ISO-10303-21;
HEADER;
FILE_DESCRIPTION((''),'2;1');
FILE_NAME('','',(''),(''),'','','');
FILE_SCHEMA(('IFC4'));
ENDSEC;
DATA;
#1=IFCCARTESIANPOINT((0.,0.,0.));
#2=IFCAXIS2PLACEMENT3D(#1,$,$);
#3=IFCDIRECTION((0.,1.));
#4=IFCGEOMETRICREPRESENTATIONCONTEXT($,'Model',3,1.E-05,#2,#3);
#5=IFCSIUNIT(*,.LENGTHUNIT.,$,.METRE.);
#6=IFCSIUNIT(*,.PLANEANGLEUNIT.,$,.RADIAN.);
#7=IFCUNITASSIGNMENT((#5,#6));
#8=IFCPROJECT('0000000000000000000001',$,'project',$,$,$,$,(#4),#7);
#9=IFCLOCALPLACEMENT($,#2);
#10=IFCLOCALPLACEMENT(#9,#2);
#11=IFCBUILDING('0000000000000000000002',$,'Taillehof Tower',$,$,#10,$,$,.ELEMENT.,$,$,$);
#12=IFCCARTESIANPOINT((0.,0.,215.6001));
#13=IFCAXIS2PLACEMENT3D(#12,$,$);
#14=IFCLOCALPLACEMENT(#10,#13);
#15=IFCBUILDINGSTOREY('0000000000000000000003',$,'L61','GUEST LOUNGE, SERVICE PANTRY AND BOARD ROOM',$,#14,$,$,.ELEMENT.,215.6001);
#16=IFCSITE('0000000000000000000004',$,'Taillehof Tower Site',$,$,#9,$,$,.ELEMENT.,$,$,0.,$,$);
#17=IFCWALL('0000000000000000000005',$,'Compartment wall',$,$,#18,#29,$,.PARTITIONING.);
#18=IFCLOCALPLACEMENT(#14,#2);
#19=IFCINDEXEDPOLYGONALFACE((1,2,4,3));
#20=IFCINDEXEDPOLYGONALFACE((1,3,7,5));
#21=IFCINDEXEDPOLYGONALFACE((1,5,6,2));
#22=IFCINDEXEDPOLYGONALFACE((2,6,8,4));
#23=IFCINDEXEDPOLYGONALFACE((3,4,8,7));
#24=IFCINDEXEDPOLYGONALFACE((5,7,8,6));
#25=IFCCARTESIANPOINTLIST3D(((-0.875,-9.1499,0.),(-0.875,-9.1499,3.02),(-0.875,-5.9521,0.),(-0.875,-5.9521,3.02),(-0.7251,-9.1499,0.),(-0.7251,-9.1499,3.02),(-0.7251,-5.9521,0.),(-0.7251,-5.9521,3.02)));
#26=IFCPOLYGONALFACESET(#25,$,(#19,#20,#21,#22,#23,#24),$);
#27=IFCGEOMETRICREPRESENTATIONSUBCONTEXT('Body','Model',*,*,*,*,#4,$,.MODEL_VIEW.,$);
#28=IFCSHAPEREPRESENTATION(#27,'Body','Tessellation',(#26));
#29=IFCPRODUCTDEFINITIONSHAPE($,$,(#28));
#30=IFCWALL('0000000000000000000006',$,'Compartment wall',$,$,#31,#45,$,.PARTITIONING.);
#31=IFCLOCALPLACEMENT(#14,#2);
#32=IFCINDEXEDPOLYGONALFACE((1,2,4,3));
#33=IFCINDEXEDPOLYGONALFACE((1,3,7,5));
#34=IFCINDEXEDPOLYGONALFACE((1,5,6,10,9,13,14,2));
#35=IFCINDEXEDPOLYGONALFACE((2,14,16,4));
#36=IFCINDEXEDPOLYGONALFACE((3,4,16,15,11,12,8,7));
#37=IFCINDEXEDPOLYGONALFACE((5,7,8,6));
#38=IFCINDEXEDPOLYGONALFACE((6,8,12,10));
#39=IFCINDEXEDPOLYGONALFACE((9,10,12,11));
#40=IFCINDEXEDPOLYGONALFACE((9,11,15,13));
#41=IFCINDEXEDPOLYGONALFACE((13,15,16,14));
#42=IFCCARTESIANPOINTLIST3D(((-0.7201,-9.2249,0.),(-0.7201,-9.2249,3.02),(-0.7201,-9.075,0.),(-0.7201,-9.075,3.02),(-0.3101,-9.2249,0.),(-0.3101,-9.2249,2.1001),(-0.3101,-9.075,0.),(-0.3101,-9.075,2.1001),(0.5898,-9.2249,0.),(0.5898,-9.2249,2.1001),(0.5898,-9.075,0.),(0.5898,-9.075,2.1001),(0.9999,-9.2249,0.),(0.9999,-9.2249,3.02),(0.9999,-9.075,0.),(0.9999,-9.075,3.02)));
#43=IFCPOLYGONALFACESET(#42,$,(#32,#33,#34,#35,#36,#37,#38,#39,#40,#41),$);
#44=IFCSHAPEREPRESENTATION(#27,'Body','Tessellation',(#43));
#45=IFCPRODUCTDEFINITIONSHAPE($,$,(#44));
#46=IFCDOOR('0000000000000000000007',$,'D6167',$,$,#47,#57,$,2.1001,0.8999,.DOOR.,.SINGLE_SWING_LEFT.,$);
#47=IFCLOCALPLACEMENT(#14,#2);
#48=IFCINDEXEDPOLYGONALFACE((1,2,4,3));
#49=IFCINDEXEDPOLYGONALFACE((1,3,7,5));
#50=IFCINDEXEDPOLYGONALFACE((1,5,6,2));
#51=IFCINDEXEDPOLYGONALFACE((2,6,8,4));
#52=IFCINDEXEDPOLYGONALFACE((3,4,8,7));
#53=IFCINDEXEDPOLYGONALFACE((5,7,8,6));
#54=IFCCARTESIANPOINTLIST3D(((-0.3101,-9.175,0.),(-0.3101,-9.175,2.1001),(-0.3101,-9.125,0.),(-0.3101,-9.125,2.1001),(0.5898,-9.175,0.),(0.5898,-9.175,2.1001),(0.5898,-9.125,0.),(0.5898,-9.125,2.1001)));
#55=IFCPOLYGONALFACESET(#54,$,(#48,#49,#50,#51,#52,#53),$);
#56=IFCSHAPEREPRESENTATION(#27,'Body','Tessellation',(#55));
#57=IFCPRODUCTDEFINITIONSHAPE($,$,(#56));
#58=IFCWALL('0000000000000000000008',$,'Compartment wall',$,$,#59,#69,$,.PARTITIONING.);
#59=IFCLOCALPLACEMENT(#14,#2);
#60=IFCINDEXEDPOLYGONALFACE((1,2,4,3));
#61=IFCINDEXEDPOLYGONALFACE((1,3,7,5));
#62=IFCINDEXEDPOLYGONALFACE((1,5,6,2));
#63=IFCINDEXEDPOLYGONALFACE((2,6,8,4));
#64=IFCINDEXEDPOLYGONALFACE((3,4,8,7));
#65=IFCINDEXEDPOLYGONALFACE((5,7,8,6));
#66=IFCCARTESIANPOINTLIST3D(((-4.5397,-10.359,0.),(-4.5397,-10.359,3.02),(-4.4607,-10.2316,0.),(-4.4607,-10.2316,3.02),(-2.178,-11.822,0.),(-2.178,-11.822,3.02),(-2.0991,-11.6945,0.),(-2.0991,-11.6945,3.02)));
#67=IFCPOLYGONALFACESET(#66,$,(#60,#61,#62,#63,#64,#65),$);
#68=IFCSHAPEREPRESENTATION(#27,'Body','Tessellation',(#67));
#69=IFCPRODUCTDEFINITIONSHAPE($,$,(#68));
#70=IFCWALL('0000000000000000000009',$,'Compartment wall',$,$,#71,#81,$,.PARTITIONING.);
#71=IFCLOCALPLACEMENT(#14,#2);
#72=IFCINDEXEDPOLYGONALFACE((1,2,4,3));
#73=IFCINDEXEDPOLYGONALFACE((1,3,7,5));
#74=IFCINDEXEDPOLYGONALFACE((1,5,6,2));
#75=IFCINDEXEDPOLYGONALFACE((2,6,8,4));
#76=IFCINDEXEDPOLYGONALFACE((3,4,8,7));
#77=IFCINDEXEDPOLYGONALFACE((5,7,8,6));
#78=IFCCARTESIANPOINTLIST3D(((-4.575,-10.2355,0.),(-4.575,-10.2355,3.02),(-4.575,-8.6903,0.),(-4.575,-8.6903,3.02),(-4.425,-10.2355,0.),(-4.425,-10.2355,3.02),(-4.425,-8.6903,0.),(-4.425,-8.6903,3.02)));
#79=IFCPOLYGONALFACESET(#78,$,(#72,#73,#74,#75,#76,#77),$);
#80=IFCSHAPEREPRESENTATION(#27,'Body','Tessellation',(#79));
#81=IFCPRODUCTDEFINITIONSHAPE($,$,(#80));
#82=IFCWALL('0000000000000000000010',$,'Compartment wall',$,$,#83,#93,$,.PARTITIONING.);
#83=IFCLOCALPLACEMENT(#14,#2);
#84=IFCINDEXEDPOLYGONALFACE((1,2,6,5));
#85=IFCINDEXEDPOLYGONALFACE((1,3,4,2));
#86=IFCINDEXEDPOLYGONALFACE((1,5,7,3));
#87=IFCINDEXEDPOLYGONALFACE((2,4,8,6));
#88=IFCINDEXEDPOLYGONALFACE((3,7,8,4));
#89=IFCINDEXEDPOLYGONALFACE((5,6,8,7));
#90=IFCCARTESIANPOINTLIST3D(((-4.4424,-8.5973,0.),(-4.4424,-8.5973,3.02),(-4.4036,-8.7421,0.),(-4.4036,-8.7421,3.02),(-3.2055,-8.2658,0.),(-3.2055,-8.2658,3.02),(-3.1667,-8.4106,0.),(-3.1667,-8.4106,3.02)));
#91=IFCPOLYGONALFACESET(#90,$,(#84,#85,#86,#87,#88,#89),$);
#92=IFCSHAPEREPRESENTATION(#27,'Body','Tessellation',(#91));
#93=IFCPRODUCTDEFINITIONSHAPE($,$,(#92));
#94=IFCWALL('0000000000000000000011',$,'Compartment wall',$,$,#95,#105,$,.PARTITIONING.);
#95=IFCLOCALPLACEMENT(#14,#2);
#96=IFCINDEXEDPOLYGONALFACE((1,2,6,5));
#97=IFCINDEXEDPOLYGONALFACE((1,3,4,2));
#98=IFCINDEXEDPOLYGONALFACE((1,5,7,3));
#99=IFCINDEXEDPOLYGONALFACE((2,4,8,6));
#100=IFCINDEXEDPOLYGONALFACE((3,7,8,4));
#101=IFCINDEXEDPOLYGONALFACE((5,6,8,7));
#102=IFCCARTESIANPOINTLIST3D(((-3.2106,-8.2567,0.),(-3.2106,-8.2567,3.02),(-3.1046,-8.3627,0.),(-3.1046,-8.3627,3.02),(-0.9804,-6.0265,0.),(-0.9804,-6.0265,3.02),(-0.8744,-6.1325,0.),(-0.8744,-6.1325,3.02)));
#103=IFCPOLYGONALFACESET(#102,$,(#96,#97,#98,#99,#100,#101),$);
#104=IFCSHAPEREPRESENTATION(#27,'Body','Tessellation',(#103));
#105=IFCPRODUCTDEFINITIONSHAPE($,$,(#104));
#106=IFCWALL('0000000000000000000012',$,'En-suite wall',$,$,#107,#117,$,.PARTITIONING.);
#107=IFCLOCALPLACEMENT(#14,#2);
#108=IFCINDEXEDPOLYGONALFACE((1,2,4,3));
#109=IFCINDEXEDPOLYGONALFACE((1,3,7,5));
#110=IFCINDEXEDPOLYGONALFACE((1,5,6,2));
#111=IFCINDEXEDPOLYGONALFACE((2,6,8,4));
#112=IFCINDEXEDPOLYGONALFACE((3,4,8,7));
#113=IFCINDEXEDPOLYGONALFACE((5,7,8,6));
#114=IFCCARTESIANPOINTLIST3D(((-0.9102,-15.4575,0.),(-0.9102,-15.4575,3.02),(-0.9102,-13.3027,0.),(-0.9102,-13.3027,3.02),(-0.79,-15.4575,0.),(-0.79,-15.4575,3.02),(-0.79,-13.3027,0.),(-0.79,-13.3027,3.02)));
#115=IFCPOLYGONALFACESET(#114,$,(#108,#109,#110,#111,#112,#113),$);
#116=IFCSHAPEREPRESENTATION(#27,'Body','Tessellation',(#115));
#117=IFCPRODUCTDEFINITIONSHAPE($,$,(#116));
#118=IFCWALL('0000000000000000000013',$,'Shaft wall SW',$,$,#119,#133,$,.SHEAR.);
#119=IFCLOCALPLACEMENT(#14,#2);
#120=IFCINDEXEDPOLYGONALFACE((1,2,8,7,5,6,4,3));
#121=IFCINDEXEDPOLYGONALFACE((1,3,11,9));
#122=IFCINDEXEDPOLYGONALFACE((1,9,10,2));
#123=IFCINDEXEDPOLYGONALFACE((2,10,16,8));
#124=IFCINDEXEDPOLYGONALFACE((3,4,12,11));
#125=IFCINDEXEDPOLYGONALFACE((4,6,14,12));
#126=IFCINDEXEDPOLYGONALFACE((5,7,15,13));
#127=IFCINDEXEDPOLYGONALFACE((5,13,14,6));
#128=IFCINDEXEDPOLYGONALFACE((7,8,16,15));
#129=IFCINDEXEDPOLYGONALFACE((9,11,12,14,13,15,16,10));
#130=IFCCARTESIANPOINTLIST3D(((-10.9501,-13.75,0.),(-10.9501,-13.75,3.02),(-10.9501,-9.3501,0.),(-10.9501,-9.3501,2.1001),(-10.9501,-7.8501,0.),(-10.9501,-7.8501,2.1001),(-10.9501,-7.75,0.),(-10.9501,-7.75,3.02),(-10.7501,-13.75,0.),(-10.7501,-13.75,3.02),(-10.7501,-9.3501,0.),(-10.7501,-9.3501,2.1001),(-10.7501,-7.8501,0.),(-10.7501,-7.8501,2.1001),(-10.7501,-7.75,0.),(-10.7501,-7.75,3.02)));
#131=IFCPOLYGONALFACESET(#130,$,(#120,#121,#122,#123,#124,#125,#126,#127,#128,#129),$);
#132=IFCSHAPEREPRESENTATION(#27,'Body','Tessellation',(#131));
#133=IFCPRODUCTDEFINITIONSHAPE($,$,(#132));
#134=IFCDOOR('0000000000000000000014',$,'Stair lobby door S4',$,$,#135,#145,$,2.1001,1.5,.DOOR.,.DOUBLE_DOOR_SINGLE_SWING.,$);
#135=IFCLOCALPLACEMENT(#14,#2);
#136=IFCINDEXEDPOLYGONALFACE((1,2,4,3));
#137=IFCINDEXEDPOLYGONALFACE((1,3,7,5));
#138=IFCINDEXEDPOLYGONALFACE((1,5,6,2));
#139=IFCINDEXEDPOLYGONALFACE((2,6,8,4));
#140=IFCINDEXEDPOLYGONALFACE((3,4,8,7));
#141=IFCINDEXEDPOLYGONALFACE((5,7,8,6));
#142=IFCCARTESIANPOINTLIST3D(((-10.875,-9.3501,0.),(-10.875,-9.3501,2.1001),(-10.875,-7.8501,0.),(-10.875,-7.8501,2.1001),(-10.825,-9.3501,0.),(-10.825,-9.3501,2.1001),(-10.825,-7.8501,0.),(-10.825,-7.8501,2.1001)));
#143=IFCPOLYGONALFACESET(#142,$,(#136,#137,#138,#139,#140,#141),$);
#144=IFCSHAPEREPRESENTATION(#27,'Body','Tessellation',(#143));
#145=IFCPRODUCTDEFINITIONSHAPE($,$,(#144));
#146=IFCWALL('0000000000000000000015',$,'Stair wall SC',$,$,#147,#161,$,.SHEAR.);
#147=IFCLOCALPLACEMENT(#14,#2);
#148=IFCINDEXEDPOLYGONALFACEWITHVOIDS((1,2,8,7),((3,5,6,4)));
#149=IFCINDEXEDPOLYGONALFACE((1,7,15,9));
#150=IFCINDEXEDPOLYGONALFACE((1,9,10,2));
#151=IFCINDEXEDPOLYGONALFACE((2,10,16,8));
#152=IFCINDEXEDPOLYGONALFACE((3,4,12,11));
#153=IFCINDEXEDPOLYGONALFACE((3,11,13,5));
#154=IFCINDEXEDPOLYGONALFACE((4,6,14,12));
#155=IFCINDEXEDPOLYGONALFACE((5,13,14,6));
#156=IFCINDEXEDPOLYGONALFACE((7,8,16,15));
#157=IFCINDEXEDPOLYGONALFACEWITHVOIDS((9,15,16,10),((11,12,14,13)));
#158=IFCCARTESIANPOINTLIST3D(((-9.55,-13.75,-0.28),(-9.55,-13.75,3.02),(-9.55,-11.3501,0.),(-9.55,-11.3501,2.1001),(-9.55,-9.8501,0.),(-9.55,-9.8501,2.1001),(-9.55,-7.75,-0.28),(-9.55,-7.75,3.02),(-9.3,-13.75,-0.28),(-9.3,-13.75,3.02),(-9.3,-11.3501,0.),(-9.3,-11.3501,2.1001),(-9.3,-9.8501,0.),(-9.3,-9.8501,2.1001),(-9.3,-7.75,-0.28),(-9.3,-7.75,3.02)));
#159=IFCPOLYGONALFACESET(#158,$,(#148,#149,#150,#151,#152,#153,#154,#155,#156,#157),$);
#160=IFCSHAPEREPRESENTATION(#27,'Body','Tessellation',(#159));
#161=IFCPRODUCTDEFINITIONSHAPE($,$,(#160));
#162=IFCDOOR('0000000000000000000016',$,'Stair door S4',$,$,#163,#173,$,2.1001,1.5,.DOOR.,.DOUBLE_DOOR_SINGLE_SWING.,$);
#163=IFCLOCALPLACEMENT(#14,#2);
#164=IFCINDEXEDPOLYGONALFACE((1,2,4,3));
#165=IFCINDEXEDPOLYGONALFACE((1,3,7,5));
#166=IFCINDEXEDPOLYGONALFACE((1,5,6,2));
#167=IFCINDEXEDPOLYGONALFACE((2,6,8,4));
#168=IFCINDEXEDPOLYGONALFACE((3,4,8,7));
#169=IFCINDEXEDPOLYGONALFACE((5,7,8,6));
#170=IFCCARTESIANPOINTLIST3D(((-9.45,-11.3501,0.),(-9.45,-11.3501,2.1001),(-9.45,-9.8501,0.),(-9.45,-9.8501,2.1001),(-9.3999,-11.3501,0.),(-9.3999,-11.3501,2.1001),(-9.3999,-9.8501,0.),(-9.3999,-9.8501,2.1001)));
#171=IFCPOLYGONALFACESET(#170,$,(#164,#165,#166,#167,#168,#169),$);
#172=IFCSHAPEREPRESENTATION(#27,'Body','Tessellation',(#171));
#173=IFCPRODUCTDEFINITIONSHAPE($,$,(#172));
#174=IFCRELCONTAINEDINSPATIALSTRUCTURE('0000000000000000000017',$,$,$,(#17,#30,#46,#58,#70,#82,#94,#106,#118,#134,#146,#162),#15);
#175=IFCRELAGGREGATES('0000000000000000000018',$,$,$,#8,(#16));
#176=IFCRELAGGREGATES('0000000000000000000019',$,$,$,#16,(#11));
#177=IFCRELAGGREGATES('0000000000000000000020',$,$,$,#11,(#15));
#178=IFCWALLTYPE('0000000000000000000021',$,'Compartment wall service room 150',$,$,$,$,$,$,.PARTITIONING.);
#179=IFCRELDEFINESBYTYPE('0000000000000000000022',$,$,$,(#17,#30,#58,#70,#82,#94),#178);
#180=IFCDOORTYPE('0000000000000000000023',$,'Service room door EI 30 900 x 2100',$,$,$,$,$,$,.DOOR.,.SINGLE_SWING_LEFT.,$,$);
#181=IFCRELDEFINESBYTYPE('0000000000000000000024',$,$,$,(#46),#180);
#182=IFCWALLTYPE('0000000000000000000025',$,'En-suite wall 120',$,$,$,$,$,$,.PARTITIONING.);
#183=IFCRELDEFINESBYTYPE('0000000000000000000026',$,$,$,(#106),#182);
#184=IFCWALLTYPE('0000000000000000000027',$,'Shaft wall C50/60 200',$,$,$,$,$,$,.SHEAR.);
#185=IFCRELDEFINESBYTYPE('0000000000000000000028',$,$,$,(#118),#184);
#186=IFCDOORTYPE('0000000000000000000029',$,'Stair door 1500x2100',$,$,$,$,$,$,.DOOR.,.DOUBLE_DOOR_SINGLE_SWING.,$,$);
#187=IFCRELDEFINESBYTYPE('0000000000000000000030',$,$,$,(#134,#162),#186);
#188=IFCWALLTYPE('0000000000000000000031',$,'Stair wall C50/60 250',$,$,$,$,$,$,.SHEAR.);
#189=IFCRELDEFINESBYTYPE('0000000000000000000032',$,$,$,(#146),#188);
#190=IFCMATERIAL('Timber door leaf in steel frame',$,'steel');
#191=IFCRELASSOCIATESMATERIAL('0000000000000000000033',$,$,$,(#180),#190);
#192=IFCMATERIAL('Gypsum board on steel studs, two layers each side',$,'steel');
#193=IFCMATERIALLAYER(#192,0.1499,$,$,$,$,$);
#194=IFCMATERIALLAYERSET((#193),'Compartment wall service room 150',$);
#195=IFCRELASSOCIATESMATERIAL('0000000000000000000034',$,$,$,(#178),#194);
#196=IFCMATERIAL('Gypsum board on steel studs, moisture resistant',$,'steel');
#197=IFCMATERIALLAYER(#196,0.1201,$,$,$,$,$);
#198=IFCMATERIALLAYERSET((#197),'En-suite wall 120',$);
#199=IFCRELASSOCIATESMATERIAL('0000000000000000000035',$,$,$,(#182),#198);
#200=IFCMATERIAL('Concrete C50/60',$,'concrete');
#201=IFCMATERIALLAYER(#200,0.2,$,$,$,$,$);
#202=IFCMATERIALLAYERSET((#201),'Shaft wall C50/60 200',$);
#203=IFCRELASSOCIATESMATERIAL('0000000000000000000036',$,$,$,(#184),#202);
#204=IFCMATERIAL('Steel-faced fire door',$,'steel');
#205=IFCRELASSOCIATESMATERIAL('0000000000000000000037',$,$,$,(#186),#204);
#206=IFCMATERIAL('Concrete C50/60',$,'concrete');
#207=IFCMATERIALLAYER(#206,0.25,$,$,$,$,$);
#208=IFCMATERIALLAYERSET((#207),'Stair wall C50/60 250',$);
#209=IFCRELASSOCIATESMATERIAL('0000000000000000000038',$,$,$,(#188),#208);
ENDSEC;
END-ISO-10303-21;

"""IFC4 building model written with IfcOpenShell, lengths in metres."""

from ifc_helpers import new_model, si_unit, direction, frame, frame_2d, origin, place, context, subcontext, project, spatial, rectangle, extrude, material, layer, layer_set, type_object, element, fill, save


model = new_model("IFC4")

# Units and contexts
model_context = context("Model", 3, precision=1e-05, world=origin(), true_north=direction((0.0, 1.0)))
body_context = subcontext(model_context, "Body", "Model", "MODEL_VIEW")
ifc_project = project(units=[si_unit("LENGTHUNIT", "METRE"), si_unit("PLANEANGLEUNIT", "RADIAN")], contexts=[model_context])

# Site, building, storey
site_placement = place(None, origin())
site = spatial("IfcSite", under=ifc_project, at=site_placement, Name="Taillehof Tower Site", CompositionType="ELEMENT", RefElevation=0.0)
building_placement = place(site_placement, origin())
building = spatial("IfcBuilding", under=site, at=building_placement, Name="Taillehof Tower", CompositionType="ELEMENT")
storey_placement = place(building_placement, frame((0.0, 0.0, 215.6001)))
storey = spatial("IfcBuildingStorey", under=building, at=storey_placement, Name="L61", Description="GUEST LOUNGE, SERVICE PANTRY AND BOARD ROOM", CompositionType="ELEMENT", Elevation=215.6001)

# Shared definitions
ifc_material_1 = material(Name="Timber door leaf in steel frame", Category="steel")
door_type_1 = type_object("IfcDoorType", Name="Service room door EI 30 900 x 2100", OperationType="SINGLE_SWING_LEFT", PredefinedType="DOOR", material=ifc_material_1)

# Wall
ifc_material_2 = material(Name="Gypsum board on steel studs, two layers each side", Category="steel")
ifc_layer_1 = layer(ifc_material_2, 0.1499)
ifc_layer_set_1 = layer_set([ifc_layer_1], Name="Compartment wall service room 150")
wall_type_1 = type_object("IfcWallType", Name="Compartment wall service room 150", PredefinedType="PARTITIONING", material=ifc_layer_set_1)
wall_1_placement = place(storey_placement, frame((-0.8, -5.9521, 0.0), z_axis=(0.0, 0.0, 1.0), x_axis=(0.0, -1.0, 0.0)))
element("IfcWall", 1, at=wall_1_placement, inside=storey, type_object=wall_type_1, Name="Compartment wall", PredefinedType="PARTITIONING", context=body_context, shape_type="SweptSolid", body=[
    extrude(rectangle(XDim=3.1978, YDim=0.1499, at=frame_2d((1.5989, 0.0))), origin(), (0.0, 0.0, 1.0), 3.02),
])

# Wall, opening, door
wall_2_placement = place(storey_placement, frame((-0.72, -9.1499, 0.0), z_axis=(0.0, 0.0, 1.0), x_axis=(1.0, 0.0, 0.0)))
wall_2 = element("IfcWall", 2, at=wall_2_placement, inside=storey, type_object=wall_type_1, Name="Compartment wall", PredefinedType="PARTITIONING", context=body_context, shape_type="SweptSolid", body=[
    extrude(rectangle(XDim=1.72, YDim=0.1499, at=frame_2d((0.8599, 0.0))), origin(), (0.0, 0.0, 1.0), 3.02),
])
opening_1_placement = place(wall_2_placement, frame((0.4099, 0.0, 0.0)))
opening_1 = element("IfcOpeningElement", 3, at=opening_1_placement, cuts=wall_2, PredefinedType="OPENING", context=body_context, shape_type="SweptSolid", body=[
    extrude(rectangle(XDim=0.8999, YDim=2.1001, at=frame_2d((0.45, 1.05))), frame((0.0, 0.085, 0.0), z_axis=(0.0, -1.0, 0.0), x_axis=(1.0, 0.0, 0.0)), (0.0, 0.0, 1.0), 0.1699),
])
door_1_placement = place(opening_1_placement, origin())
door_1 = element("IfcDoor", 4, at=door_1_placement, inside=storey, type_object=door_type_1, Name="D6167", OperationType="SINGLE_SWING_LEFT", OverallHeight=2.1001, OverallWidth=0.8999, PredefinedType="DOOR", context=body_context, shape_type="SweptSolid", body=[
    extrude(rectangle(XDim=0.8999, YDim=2.1001, at=frame_2d((0.45, 1.05))), frame((0.0, 0.0249, 0.0), z_axis=(0.0, -1.0, 0.0), x_axis=(1.0, 0.0, 0.0)), (0.0, 0.0, 1.0), 0.05),
])
fill(opening_1, door_1)

# Walls
wall_3_placement = place(storey_placement, frame((-2.1384, -11.7583, 0.0), z_axis=(0.0, 0.0, 1.0), x_axis=(-0.85011, 0.526606, 0.0)))
element("IfcWall", 5, at=wall_3_placement, inside=storey, type_object=wall_type_1, Name="Compartment wall", PredefinedType="PARTITIONING", context=body_context, shape_type="SweptSolid", body=[
    extrude(rectangle(XDim=2.7781, YDim=0.1499, at=frame_2d((1.3892, 0.0))), origin(), (0.0, 0.0, 1.0), 3.02),
])
wall_4_placement = place(storey_placement, frame((-4.5, -10.2354, 0.0), z_axis=(0.0, 0.0, 1.0), x_axis=(0.0, 1.0, 0.0)))
element("IfcWall", 6, at=wall_4_placement, inside=storey, type_object=wall_type_1, Name="Compartment wall", PredefinedType="PARTITIONING", context=body_context, shape_type="SweptSolid", body=[
    extrude(rectangle(XDim=1.5452, YDim=0.1499, at=frame_2d((0.7725, 0.0))), origin(), (0.0, 0.0, 1.0), 3.02),
])
wall_5_placement = place(storey_placement, frame((-4.4229, -8.6697, 0.0), z_axis=(0.0, 0.0, 1.0), x_axis=(0.965899, 0.25892, 0.0)))
element("IfcWall", 7, at=wall_5_placement, inside=storey, type_object=wall_type_1, Name="Compartment wall", PredefinedType="PARTITIONING", context=body_context, shape_type="SweptSolid", body=[
    extrude(rectangle(XDim=1.2805, YDim=0.1499, at=frame_2d((0.6401, 0.0))), origin(), (0.0, 0.0, 1.0), 3.02),
])
wall_6_placement = place(storey_placement, frame((-3.1577, -8.3098, 0.0), z_axis=(0.0, 0.0, 1.0), x_axis=(0.707107, 0.707107, 0.0)))
element("IfcWall", 8, at=wall_6_placement, inside=storey, type_object=wall_type_1, Name="Compartment wall", PredefinedType="PARTITIONING", context=body_context, shape_type="SweptSolid", body=[
    extrude(rectangle(XDim=3.1541, YDim=0.1499, at=frame_2d((1.5771, 0.0))), origin(), (0.0, 0.0, 1.0), 3.02),
])
ifc_material_3 = material(Name="Gypsum board on steel studs, moisture resistant", Category="steel")
ifc_layer_2 = layer(ifc_material_3, 0.1201)
ifc_layer_set_2 = layer_set([ifc_layer_2], Name="En-suite wall 120")
wall_type_2 = type_object("IfcWallType", Name="En-suite wall 120", PredefinedType="PARTITIONING", material=ifc_layer_set_2)
wall_7_placement = place(storey_placement, frame((-0.8501, -13.3027, 0.0), z_axis=(0.0, 0.0, 1.0), x_axis=(0.0, -1.0, 0.0)))
element("IfcWall", 9, at=wall_7_placement, inside=storey, type_object=wall_type_2, Name="En-suite wall", PredefinedType="PARTITIONING", context=body_context, shape_type="SweptSolid", body=[
    extrude(rectangle(XDim=2.1548, YDim=0.1201, at=frame_2d((1.0774, 0.0))), origin(), (0.0, 0.0, 1.0), 3.02),
])

# Walls, openings, doors
ifc_material_4 = material(Name="Concrete C50/60", Category="concrete")
ifc_layer_3 = layer(ifc_material_4, 0.2)
ifc_layer_set_3 = layer_set([ifc_layer_3], Name="Shaft wall C50/60 200")
wall_type_3 = type_object("IfcWallType", Name="Shaft wall C50/60 200", PredefinedType="SHEAR", material=ifc_layer_set_3)
wall_8_placement = place(storey_placement, frame((-10.8501, -13.75, 0.0), z_axis=(0.0, 0.0, 1.0), x_axis=(0.0, 1.0, 0.0)))
wall_8 = element("IfcWall", 10, at=wall_8_placement, inside=storey, type_object=wall_type_3, Name="Shaft wall SW", PredefinedType="SHEAR", context=body_context, shape_type="SweptSolid", body=[
    extrude(rectangle(XDim=6.0, YDim=0.2, at=frame_2d((3.0, 0.0))), origin(), (0.0, 0.0, 1.0), 3.02),
])
opening_2_placement = place(wall_8_placement, frame((4.3999, 0.0, 0.0)))
opening_2 = element("IfcOpeningElement", 11, at=opening_2_placement, cuts=wall_8, PredefinedType="OPENING", context=body_context, shape_type="SweptSolid", body=[
    extrude(rectangle(XDim=1.5, YDim=2.1001, at=frame_2d((0.75, 1.05))), frame((0.0, 0.1099, 0.0), z_axis=(0.0, -1.0, 0.0), x_axis=(1.0, 0.0, 0.0)), (0.0, 0.0, 1.0), 0.22),
])
ifc_material_5 = material(Name="Steel-faced fire door", Category="steel")
door_type_2 = type_object("IfcDoorType", Name="Stair door 1500x2100", OperationType="DOUBLE_DOOR_SINGLE_SWING", PredefinedType="DOOR", material=ifc_material_5)
door_2_placement = place(opening_2_placement, origin())
door_2 = element("IfcDoor", 12, at=door_2_placement, inside=storey, type_object=door_type_2, Name="Stair lobby door S4", OperationType="DOUBLE_DOOR_SINGLE_SWING", OverallHeight=2.1001, OverallWidth=1.5, PredefinedType="DOOR", context=body_context, shape_type="SweptSolid", body=[
    extrude(rectangle(XDim=1.5, YDim=2.1001, at=frame_2d((0.75, 1.05))), frame((0.0, 0.0249, 0.0), z_axis=(0.0, -1.0, 0.0), x_axis=(1.0, 0.0, 0.0)), (0.0, 0.0, 1.0), 0.05),
])
fill(opening_2, door_2)
ifc_material_6 = material(Name="Concrete C50/60", Category="concrete")
ifc_layer_4 = layer(ifc_material_6, 0.25)
ifc_layer_set_4 = layer_set([ifc_layer_4], Name="Stair wall C50/60 250")
wall_type_4 = type_object("IfcWallType", Name="Stair wall C50/60 250", PredefinedType="SHEAR", material=ifc_layer_set_4)
wall_9_placement = place(storey_placement, frame((-9.425, -13.75, -0.28), z_axis=(0.0, 0.0, 1.0), x_axis=(0.0, 1.0, 0.0)))
wall_9 = element("IfcWall", 13, at=wall_9_placement, inside=storey, type_object=wall_type_4, Name="Stair wall SC", PredefinedType="SHEAR", context=body_context, shape_type="SweptSolid", body=[
    extrude(rectangle(XDim=6.0, YDim=0.25, at=frame_2d((3.0, 0.0))), origin(), (0.0, 0.0, 1.0), 3.3),
])
opening_3_placement = place(wall_9_placement, frame((2.3999, 0.0, 0.28)))
opening_3 = element("IfcOpeningElement", 14, at=opening_3_placement, cuts=wall_9, PredefinedType="OPENING", context=body_context, shape_type="SweptSolid", body=[
    extrude(rectangle(XDim=1.5, YDim=2.1001, at=frame_2d((0.75, 1.05))), frame((0.0, 0.135, 0.0), z_axis=(0.0, -1.0, 0.0), x_axis=(1.0, 0.0, 0.0)), (0.0, 0.0, 1.0), 0.27),
])
door_3_placement = place(opening_3_placement, origin())
door_3 = element("IfcDoor", 15, at=door_3_placement, inside=storey, type_object=door_type_2, Name="Stair door S4", OperationType="DOUBLE_DOOR_SINGLE_SWING", OverallHeight=2.1001, OverallWidth=1.5, PredefinedType="DOOR", context=body_context, shape_type="SweptSolid", body=[
    extrude(rectangle(XDim=1.5, YDim=2.1001, at=frame_2d((0.75, 1.05))), frame((0.0, 0.0249, 0.0), z_axis=(0.0, -1.0, 0.0), x_axis=(1.0, 0.0, 0.0)), (0.0, 0.0, 1.0), 0.05),
])
fill(opening_3, door_3)

save(model, "model.ifc")
